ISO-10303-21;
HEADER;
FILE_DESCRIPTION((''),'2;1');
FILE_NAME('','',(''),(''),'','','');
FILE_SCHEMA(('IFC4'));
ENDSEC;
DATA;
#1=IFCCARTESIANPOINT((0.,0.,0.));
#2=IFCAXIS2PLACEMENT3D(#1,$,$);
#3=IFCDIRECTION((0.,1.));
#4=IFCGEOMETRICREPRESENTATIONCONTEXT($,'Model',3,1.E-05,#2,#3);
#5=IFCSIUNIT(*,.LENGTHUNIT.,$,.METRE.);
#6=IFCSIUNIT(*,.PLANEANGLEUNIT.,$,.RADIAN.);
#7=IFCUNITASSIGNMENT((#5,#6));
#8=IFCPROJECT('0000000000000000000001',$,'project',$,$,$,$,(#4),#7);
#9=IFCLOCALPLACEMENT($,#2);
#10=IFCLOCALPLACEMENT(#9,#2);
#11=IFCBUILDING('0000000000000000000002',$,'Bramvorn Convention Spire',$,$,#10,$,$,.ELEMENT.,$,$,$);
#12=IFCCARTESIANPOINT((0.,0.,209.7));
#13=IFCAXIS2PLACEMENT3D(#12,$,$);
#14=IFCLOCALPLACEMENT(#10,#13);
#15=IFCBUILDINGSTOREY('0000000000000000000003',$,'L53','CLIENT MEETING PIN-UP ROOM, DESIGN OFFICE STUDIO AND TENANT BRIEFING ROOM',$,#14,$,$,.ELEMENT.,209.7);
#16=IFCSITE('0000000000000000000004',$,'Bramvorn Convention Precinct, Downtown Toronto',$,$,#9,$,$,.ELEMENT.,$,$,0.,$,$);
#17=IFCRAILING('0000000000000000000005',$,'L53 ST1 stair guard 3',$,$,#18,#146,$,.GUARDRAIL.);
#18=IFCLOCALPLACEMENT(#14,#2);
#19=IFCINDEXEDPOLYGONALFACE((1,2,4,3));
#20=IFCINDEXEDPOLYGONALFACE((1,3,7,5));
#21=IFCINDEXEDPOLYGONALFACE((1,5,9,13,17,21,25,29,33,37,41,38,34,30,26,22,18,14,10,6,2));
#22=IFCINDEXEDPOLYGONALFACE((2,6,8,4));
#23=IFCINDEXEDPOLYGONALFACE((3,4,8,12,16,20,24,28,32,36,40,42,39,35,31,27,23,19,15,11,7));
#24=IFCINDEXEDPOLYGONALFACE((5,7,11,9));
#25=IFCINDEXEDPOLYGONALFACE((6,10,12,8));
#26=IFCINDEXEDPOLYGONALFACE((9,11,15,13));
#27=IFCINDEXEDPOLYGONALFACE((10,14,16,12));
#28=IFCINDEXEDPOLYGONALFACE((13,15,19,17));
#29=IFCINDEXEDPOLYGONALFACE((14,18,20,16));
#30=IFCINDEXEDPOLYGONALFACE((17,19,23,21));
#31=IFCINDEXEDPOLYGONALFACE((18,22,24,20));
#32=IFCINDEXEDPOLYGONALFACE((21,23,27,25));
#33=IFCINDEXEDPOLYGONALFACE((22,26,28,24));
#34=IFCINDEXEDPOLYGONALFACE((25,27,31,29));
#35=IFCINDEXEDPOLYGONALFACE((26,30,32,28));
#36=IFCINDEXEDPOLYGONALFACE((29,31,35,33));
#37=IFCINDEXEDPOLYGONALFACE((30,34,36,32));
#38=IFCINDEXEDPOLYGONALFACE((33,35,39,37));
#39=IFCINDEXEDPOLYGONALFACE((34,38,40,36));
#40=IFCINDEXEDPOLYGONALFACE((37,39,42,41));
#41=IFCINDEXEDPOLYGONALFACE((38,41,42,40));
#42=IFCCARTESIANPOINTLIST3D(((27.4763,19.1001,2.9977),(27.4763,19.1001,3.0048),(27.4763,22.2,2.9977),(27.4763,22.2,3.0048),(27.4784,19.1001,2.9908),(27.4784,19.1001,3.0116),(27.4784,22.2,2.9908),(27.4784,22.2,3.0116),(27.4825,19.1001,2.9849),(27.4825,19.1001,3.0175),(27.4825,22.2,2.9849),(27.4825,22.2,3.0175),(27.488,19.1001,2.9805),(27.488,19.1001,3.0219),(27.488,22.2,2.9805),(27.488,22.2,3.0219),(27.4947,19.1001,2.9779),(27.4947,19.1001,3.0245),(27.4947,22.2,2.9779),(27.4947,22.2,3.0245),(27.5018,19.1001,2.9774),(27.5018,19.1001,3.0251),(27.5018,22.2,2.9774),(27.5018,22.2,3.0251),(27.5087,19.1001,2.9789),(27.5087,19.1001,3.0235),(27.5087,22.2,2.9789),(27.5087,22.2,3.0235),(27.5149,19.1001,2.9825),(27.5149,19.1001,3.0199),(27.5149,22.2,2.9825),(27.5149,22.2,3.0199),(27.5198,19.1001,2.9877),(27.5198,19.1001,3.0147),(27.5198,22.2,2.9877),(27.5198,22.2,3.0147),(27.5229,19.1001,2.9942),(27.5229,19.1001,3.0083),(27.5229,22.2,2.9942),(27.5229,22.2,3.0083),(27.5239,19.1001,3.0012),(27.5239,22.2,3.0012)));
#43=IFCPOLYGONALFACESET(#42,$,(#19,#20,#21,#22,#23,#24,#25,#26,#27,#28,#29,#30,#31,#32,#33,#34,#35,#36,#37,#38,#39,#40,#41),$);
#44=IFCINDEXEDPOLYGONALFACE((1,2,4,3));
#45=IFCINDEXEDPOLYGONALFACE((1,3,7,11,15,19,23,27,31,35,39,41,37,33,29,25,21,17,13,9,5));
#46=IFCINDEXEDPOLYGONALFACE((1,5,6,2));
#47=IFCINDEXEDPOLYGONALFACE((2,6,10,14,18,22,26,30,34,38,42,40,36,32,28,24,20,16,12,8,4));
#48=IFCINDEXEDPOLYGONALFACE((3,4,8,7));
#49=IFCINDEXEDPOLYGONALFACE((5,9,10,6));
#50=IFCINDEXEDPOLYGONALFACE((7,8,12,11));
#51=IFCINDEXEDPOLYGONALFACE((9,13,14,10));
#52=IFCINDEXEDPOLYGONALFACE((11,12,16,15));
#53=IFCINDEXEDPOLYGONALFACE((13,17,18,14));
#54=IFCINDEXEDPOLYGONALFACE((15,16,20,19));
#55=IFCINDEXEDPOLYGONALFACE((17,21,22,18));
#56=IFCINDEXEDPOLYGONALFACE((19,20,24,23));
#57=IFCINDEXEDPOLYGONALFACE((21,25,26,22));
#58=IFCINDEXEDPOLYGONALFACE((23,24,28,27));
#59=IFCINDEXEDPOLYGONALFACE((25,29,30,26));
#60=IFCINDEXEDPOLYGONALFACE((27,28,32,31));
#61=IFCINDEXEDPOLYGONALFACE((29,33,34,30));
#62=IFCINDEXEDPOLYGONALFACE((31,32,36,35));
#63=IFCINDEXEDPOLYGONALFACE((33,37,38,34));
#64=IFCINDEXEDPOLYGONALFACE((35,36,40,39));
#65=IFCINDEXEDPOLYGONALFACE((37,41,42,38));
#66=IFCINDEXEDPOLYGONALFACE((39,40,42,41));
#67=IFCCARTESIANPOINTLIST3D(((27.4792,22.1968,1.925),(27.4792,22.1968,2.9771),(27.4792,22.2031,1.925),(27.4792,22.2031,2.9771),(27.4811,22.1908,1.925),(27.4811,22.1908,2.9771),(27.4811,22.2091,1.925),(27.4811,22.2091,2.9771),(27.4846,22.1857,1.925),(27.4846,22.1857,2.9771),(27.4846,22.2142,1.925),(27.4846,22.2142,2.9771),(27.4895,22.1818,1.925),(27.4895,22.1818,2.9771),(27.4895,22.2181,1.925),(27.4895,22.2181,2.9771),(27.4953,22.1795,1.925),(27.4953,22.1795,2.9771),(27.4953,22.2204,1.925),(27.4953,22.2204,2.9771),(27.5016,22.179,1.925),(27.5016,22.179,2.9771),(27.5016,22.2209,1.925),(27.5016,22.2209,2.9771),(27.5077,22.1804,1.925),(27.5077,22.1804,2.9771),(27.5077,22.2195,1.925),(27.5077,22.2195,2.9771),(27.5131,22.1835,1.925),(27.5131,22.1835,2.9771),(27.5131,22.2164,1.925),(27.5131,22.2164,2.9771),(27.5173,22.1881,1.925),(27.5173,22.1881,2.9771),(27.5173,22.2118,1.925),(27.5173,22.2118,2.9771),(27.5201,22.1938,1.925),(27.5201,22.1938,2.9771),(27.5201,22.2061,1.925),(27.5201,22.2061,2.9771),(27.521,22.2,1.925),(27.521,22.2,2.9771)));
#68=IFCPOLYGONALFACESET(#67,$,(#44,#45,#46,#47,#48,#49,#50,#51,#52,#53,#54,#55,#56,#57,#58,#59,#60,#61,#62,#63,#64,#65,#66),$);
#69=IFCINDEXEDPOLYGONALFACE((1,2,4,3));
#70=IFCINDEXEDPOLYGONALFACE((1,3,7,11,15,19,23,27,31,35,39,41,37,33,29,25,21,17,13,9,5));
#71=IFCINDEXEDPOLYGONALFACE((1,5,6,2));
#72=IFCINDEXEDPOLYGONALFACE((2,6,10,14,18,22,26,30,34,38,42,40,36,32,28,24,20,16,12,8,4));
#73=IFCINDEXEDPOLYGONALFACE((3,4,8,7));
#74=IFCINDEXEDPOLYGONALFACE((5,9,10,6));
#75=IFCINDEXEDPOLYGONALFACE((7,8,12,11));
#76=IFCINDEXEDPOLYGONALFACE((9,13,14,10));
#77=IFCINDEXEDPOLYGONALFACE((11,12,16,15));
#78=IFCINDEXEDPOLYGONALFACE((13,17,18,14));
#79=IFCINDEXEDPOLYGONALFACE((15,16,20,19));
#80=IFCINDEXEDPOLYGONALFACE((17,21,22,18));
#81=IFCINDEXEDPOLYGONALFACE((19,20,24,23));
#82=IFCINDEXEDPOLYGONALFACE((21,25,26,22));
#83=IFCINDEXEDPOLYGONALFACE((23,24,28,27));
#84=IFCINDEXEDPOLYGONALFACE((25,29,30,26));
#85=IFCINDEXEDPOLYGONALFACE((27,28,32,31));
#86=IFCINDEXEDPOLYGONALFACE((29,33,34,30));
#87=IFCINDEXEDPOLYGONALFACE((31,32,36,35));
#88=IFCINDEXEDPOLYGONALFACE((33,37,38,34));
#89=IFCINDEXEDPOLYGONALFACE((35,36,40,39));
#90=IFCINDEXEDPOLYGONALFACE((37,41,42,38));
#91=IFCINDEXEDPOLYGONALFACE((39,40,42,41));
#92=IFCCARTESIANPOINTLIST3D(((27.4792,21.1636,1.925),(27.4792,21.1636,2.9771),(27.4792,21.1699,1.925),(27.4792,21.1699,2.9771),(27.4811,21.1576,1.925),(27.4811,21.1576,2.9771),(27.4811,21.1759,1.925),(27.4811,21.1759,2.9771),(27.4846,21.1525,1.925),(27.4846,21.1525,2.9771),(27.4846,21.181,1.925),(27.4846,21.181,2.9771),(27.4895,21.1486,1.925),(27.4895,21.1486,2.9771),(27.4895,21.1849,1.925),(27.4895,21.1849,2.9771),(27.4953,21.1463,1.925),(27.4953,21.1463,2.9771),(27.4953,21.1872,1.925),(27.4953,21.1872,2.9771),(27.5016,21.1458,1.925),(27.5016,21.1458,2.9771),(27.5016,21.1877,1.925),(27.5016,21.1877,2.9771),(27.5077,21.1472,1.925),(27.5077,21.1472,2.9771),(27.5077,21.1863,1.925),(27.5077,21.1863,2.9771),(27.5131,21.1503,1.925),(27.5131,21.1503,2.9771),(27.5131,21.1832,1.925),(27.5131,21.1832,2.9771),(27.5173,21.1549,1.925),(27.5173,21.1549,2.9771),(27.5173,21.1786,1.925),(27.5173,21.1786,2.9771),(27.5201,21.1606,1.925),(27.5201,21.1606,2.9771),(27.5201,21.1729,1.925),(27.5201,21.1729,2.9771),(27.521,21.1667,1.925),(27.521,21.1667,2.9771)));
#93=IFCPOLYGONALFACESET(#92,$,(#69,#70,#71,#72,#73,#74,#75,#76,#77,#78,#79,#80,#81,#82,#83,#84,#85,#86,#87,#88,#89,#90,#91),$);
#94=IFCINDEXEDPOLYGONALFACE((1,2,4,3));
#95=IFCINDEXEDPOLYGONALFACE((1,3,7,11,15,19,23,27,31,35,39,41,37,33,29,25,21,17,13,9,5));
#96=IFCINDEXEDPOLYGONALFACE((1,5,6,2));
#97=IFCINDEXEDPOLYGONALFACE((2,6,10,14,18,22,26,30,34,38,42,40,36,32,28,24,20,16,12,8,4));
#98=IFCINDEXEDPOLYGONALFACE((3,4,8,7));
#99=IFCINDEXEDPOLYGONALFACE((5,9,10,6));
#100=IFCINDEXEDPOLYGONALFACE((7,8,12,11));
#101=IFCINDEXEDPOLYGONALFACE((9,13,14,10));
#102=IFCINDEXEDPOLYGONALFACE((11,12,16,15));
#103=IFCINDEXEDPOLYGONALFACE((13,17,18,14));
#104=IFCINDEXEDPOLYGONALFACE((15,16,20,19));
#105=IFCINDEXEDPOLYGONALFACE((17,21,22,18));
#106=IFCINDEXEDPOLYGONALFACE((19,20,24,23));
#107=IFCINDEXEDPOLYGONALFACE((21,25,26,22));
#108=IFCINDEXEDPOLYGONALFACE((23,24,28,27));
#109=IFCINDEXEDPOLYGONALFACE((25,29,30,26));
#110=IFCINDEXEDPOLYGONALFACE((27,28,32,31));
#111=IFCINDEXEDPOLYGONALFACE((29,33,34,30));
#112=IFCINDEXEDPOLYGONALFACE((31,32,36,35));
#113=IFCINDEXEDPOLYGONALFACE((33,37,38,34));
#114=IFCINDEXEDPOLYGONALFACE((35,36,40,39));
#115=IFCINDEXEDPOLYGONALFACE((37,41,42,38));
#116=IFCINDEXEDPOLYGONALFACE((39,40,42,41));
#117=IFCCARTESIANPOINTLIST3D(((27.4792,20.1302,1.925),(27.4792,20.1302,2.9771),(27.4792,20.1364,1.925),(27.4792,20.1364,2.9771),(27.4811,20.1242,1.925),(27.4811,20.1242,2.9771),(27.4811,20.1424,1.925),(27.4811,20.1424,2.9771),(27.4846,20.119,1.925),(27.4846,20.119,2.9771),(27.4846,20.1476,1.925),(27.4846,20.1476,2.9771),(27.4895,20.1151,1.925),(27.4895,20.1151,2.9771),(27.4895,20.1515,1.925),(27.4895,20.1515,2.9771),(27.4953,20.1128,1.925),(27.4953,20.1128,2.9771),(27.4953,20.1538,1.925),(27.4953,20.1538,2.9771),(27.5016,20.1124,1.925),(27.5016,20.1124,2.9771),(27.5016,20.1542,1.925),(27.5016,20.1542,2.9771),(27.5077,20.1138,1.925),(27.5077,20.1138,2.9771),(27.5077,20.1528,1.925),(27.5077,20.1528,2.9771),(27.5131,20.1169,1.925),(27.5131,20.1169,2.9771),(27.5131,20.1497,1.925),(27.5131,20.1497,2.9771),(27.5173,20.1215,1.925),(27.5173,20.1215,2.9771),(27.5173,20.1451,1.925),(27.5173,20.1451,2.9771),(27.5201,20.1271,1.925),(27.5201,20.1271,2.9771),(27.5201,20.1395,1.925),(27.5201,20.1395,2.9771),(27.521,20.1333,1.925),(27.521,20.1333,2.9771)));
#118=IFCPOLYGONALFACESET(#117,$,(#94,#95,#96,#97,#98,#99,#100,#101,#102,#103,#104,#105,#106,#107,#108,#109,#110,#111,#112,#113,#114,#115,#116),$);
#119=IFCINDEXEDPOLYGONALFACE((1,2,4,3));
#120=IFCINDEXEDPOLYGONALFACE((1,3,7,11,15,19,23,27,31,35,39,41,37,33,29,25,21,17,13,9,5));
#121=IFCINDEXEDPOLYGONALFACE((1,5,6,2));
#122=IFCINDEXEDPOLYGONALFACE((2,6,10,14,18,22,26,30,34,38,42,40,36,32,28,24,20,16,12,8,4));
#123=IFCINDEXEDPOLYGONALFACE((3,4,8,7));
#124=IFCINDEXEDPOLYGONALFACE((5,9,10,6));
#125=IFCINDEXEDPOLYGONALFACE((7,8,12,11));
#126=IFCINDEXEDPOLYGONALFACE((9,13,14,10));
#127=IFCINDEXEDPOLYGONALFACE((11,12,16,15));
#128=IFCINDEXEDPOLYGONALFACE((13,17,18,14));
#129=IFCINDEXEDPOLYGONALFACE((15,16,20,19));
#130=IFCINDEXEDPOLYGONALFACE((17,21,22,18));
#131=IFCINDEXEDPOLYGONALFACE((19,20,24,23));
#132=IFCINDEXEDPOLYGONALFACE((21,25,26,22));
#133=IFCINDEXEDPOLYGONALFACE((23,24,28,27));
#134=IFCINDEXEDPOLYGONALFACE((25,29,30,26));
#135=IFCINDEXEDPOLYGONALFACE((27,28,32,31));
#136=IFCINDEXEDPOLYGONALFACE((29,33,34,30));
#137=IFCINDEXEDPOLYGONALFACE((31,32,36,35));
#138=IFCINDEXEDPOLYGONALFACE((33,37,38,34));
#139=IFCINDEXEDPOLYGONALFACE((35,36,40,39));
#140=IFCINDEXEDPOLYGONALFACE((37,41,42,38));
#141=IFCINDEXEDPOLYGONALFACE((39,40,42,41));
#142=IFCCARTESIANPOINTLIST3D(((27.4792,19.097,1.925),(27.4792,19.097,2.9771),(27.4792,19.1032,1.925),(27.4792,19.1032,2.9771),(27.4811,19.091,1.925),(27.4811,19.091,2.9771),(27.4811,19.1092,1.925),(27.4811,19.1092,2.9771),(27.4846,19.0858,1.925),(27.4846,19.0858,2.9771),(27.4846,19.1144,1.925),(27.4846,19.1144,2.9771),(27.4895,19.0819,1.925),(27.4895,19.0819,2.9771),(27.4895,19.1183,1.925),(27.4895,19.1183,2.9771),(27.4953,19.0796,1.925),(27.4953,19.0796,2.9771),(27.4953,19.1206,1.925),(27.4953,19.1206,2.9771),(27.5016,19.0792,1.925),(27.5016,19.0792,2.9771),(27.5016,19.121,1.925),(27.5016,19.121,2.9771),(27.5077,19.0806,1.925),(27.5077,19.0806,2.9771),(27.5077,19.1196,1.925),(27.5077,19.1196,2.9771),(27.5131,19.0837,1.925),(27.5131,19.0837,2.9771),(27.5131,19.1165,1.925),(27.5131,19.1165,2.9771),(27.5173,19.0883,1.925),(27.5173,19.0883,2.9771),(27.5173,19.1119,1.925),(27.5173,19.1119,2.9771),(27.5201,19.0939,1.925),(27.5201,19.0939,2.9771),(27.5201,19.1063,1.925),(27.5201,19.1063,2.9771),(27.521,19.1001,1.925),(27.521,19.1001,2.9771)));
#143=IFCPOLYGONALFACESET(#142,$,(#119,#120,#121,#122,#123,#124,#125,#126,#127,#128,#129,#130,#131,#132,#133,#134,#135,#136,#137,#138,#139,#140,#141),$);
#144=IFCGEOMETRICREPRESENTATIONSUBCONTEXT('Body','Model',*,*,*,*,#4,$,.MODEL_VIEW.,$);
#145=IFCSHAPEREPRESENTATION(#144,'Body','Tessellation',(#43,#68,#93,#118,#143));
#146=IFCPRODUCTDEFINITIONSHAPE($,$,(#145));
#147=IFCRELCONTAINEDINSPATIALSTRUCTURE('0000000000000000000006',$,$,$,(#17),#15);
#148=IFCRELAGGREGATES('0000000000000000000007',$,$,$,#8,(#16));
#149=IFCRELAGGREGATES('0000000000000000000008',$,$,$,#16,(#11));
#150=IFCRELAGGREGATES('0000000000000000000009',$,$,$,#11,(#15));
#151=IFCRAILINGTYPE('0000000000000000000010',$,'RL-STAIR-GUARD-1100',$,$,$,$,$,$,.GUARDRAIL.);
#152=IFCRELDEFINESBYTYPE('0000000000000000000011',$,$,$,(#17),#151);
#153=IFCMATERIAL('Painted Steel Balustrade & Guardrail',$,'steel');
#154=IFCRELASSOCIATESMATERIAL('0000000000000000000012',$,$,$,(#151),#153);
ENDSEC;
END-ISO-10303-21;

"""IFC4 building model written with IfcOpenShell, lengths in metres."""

from ifc_helpers import new_model, si_unit, direction, frame, origin, origin_2d, place, context, subcontext, project, spatial, circle, extrude, material, type_object, element, save


model = new_model("IFC4")

# Units and contexts
model_context = context("Model", 3, precision=1e-05, world=origin(), true_north=direction((0.0, 1.0)))
body_context = subcontext(model_context, "Body", "Model", "MODEL_VIEW")
ifc_project = project(units=[si_unit("LENGTHUNIT", "METRE"), si_unit("PLANEANGLEUNIT", "RADIAN")], contexts=[model_context])

# Site, building, storey
site_placement = place(None, origin())
site = spatial("IfcSite", under=ifc_project, at=site_placement, Name="Bramvorn Convention Precinct, Downtown Toronto", CompositionType="ELEMENT", RefElevation=0.0)
building_placement = place(site_placement, origin())
building = spatial("IfcBuilding", under=site, at=building_placement, Name="Bramvorn Convention Spire", CompositionType="ELEMENT")
storey_placement = place(building_placement, frame((0.0, 0.0, 209.7)))
storey = spatial("IfcBuildingStorey", under=building, at=storey_placement, Name="L53", Description="CLIENT MEETING PIN-UP ROOM, DESIGN OFFICE STUDIO AND TENANT BRIEFING ROOM", CompositionType="ELEMENT", Elevation=209.7)

# Railing
ifc_material_1 = material(Name="Painted Steel Balustrade & Guardrail", Category="steel")
railing_type_1 = type_object("IfcRailingType", Name="RL-STAIR-GUARD-1100", PredefinedType="GUARDRAIL", material=ifc_material_1)
for number, where, name in (
    (1, (27.5, 22.2, 1.925), "L53 ST1 stair guard 3"),
):
    element("IfcRailing", number, at=place(storey_placement, frame(where)), inside=storey, type_object=railing_type_1, Name=name, PredefinedType="GUARDRAIL", context=body_context, shape_type="SweptSolid", body=[
        extrude(circle(Radius=0.0239, at=origin_2d()), frame((0.0, 0.0, 1.0762), z_axis=(0.0, -1.0, 0.0), x_axis=(1.0, 0.0, 0.0)), (0.0, 0.0, 1.0), 3.0999),
        extrude(circle(Radius=0.021, at=origin_2d()), origin(), (0.0, 0.0, 1.0), 1.052),
        extrude(circle(Radius=0.021, at=origin_2d()), frame((0.0, -1.0332, 0.0)), (0.0, 0.0, 1.0), 1.052),
        extrude(circle(Radius=0.021, at=origin_2d()), frame((0.0, -2.0667, 0.0)), (0.0, 0.0, 1.0), 1.052),
        extrude(circle(Radius=0.021, at=origin_2d()), frame((0.0, -3.0999, 0.0)), (0.0, 0.0, 1.0), 1.052),
    ])

save(model, "model.ifc")
